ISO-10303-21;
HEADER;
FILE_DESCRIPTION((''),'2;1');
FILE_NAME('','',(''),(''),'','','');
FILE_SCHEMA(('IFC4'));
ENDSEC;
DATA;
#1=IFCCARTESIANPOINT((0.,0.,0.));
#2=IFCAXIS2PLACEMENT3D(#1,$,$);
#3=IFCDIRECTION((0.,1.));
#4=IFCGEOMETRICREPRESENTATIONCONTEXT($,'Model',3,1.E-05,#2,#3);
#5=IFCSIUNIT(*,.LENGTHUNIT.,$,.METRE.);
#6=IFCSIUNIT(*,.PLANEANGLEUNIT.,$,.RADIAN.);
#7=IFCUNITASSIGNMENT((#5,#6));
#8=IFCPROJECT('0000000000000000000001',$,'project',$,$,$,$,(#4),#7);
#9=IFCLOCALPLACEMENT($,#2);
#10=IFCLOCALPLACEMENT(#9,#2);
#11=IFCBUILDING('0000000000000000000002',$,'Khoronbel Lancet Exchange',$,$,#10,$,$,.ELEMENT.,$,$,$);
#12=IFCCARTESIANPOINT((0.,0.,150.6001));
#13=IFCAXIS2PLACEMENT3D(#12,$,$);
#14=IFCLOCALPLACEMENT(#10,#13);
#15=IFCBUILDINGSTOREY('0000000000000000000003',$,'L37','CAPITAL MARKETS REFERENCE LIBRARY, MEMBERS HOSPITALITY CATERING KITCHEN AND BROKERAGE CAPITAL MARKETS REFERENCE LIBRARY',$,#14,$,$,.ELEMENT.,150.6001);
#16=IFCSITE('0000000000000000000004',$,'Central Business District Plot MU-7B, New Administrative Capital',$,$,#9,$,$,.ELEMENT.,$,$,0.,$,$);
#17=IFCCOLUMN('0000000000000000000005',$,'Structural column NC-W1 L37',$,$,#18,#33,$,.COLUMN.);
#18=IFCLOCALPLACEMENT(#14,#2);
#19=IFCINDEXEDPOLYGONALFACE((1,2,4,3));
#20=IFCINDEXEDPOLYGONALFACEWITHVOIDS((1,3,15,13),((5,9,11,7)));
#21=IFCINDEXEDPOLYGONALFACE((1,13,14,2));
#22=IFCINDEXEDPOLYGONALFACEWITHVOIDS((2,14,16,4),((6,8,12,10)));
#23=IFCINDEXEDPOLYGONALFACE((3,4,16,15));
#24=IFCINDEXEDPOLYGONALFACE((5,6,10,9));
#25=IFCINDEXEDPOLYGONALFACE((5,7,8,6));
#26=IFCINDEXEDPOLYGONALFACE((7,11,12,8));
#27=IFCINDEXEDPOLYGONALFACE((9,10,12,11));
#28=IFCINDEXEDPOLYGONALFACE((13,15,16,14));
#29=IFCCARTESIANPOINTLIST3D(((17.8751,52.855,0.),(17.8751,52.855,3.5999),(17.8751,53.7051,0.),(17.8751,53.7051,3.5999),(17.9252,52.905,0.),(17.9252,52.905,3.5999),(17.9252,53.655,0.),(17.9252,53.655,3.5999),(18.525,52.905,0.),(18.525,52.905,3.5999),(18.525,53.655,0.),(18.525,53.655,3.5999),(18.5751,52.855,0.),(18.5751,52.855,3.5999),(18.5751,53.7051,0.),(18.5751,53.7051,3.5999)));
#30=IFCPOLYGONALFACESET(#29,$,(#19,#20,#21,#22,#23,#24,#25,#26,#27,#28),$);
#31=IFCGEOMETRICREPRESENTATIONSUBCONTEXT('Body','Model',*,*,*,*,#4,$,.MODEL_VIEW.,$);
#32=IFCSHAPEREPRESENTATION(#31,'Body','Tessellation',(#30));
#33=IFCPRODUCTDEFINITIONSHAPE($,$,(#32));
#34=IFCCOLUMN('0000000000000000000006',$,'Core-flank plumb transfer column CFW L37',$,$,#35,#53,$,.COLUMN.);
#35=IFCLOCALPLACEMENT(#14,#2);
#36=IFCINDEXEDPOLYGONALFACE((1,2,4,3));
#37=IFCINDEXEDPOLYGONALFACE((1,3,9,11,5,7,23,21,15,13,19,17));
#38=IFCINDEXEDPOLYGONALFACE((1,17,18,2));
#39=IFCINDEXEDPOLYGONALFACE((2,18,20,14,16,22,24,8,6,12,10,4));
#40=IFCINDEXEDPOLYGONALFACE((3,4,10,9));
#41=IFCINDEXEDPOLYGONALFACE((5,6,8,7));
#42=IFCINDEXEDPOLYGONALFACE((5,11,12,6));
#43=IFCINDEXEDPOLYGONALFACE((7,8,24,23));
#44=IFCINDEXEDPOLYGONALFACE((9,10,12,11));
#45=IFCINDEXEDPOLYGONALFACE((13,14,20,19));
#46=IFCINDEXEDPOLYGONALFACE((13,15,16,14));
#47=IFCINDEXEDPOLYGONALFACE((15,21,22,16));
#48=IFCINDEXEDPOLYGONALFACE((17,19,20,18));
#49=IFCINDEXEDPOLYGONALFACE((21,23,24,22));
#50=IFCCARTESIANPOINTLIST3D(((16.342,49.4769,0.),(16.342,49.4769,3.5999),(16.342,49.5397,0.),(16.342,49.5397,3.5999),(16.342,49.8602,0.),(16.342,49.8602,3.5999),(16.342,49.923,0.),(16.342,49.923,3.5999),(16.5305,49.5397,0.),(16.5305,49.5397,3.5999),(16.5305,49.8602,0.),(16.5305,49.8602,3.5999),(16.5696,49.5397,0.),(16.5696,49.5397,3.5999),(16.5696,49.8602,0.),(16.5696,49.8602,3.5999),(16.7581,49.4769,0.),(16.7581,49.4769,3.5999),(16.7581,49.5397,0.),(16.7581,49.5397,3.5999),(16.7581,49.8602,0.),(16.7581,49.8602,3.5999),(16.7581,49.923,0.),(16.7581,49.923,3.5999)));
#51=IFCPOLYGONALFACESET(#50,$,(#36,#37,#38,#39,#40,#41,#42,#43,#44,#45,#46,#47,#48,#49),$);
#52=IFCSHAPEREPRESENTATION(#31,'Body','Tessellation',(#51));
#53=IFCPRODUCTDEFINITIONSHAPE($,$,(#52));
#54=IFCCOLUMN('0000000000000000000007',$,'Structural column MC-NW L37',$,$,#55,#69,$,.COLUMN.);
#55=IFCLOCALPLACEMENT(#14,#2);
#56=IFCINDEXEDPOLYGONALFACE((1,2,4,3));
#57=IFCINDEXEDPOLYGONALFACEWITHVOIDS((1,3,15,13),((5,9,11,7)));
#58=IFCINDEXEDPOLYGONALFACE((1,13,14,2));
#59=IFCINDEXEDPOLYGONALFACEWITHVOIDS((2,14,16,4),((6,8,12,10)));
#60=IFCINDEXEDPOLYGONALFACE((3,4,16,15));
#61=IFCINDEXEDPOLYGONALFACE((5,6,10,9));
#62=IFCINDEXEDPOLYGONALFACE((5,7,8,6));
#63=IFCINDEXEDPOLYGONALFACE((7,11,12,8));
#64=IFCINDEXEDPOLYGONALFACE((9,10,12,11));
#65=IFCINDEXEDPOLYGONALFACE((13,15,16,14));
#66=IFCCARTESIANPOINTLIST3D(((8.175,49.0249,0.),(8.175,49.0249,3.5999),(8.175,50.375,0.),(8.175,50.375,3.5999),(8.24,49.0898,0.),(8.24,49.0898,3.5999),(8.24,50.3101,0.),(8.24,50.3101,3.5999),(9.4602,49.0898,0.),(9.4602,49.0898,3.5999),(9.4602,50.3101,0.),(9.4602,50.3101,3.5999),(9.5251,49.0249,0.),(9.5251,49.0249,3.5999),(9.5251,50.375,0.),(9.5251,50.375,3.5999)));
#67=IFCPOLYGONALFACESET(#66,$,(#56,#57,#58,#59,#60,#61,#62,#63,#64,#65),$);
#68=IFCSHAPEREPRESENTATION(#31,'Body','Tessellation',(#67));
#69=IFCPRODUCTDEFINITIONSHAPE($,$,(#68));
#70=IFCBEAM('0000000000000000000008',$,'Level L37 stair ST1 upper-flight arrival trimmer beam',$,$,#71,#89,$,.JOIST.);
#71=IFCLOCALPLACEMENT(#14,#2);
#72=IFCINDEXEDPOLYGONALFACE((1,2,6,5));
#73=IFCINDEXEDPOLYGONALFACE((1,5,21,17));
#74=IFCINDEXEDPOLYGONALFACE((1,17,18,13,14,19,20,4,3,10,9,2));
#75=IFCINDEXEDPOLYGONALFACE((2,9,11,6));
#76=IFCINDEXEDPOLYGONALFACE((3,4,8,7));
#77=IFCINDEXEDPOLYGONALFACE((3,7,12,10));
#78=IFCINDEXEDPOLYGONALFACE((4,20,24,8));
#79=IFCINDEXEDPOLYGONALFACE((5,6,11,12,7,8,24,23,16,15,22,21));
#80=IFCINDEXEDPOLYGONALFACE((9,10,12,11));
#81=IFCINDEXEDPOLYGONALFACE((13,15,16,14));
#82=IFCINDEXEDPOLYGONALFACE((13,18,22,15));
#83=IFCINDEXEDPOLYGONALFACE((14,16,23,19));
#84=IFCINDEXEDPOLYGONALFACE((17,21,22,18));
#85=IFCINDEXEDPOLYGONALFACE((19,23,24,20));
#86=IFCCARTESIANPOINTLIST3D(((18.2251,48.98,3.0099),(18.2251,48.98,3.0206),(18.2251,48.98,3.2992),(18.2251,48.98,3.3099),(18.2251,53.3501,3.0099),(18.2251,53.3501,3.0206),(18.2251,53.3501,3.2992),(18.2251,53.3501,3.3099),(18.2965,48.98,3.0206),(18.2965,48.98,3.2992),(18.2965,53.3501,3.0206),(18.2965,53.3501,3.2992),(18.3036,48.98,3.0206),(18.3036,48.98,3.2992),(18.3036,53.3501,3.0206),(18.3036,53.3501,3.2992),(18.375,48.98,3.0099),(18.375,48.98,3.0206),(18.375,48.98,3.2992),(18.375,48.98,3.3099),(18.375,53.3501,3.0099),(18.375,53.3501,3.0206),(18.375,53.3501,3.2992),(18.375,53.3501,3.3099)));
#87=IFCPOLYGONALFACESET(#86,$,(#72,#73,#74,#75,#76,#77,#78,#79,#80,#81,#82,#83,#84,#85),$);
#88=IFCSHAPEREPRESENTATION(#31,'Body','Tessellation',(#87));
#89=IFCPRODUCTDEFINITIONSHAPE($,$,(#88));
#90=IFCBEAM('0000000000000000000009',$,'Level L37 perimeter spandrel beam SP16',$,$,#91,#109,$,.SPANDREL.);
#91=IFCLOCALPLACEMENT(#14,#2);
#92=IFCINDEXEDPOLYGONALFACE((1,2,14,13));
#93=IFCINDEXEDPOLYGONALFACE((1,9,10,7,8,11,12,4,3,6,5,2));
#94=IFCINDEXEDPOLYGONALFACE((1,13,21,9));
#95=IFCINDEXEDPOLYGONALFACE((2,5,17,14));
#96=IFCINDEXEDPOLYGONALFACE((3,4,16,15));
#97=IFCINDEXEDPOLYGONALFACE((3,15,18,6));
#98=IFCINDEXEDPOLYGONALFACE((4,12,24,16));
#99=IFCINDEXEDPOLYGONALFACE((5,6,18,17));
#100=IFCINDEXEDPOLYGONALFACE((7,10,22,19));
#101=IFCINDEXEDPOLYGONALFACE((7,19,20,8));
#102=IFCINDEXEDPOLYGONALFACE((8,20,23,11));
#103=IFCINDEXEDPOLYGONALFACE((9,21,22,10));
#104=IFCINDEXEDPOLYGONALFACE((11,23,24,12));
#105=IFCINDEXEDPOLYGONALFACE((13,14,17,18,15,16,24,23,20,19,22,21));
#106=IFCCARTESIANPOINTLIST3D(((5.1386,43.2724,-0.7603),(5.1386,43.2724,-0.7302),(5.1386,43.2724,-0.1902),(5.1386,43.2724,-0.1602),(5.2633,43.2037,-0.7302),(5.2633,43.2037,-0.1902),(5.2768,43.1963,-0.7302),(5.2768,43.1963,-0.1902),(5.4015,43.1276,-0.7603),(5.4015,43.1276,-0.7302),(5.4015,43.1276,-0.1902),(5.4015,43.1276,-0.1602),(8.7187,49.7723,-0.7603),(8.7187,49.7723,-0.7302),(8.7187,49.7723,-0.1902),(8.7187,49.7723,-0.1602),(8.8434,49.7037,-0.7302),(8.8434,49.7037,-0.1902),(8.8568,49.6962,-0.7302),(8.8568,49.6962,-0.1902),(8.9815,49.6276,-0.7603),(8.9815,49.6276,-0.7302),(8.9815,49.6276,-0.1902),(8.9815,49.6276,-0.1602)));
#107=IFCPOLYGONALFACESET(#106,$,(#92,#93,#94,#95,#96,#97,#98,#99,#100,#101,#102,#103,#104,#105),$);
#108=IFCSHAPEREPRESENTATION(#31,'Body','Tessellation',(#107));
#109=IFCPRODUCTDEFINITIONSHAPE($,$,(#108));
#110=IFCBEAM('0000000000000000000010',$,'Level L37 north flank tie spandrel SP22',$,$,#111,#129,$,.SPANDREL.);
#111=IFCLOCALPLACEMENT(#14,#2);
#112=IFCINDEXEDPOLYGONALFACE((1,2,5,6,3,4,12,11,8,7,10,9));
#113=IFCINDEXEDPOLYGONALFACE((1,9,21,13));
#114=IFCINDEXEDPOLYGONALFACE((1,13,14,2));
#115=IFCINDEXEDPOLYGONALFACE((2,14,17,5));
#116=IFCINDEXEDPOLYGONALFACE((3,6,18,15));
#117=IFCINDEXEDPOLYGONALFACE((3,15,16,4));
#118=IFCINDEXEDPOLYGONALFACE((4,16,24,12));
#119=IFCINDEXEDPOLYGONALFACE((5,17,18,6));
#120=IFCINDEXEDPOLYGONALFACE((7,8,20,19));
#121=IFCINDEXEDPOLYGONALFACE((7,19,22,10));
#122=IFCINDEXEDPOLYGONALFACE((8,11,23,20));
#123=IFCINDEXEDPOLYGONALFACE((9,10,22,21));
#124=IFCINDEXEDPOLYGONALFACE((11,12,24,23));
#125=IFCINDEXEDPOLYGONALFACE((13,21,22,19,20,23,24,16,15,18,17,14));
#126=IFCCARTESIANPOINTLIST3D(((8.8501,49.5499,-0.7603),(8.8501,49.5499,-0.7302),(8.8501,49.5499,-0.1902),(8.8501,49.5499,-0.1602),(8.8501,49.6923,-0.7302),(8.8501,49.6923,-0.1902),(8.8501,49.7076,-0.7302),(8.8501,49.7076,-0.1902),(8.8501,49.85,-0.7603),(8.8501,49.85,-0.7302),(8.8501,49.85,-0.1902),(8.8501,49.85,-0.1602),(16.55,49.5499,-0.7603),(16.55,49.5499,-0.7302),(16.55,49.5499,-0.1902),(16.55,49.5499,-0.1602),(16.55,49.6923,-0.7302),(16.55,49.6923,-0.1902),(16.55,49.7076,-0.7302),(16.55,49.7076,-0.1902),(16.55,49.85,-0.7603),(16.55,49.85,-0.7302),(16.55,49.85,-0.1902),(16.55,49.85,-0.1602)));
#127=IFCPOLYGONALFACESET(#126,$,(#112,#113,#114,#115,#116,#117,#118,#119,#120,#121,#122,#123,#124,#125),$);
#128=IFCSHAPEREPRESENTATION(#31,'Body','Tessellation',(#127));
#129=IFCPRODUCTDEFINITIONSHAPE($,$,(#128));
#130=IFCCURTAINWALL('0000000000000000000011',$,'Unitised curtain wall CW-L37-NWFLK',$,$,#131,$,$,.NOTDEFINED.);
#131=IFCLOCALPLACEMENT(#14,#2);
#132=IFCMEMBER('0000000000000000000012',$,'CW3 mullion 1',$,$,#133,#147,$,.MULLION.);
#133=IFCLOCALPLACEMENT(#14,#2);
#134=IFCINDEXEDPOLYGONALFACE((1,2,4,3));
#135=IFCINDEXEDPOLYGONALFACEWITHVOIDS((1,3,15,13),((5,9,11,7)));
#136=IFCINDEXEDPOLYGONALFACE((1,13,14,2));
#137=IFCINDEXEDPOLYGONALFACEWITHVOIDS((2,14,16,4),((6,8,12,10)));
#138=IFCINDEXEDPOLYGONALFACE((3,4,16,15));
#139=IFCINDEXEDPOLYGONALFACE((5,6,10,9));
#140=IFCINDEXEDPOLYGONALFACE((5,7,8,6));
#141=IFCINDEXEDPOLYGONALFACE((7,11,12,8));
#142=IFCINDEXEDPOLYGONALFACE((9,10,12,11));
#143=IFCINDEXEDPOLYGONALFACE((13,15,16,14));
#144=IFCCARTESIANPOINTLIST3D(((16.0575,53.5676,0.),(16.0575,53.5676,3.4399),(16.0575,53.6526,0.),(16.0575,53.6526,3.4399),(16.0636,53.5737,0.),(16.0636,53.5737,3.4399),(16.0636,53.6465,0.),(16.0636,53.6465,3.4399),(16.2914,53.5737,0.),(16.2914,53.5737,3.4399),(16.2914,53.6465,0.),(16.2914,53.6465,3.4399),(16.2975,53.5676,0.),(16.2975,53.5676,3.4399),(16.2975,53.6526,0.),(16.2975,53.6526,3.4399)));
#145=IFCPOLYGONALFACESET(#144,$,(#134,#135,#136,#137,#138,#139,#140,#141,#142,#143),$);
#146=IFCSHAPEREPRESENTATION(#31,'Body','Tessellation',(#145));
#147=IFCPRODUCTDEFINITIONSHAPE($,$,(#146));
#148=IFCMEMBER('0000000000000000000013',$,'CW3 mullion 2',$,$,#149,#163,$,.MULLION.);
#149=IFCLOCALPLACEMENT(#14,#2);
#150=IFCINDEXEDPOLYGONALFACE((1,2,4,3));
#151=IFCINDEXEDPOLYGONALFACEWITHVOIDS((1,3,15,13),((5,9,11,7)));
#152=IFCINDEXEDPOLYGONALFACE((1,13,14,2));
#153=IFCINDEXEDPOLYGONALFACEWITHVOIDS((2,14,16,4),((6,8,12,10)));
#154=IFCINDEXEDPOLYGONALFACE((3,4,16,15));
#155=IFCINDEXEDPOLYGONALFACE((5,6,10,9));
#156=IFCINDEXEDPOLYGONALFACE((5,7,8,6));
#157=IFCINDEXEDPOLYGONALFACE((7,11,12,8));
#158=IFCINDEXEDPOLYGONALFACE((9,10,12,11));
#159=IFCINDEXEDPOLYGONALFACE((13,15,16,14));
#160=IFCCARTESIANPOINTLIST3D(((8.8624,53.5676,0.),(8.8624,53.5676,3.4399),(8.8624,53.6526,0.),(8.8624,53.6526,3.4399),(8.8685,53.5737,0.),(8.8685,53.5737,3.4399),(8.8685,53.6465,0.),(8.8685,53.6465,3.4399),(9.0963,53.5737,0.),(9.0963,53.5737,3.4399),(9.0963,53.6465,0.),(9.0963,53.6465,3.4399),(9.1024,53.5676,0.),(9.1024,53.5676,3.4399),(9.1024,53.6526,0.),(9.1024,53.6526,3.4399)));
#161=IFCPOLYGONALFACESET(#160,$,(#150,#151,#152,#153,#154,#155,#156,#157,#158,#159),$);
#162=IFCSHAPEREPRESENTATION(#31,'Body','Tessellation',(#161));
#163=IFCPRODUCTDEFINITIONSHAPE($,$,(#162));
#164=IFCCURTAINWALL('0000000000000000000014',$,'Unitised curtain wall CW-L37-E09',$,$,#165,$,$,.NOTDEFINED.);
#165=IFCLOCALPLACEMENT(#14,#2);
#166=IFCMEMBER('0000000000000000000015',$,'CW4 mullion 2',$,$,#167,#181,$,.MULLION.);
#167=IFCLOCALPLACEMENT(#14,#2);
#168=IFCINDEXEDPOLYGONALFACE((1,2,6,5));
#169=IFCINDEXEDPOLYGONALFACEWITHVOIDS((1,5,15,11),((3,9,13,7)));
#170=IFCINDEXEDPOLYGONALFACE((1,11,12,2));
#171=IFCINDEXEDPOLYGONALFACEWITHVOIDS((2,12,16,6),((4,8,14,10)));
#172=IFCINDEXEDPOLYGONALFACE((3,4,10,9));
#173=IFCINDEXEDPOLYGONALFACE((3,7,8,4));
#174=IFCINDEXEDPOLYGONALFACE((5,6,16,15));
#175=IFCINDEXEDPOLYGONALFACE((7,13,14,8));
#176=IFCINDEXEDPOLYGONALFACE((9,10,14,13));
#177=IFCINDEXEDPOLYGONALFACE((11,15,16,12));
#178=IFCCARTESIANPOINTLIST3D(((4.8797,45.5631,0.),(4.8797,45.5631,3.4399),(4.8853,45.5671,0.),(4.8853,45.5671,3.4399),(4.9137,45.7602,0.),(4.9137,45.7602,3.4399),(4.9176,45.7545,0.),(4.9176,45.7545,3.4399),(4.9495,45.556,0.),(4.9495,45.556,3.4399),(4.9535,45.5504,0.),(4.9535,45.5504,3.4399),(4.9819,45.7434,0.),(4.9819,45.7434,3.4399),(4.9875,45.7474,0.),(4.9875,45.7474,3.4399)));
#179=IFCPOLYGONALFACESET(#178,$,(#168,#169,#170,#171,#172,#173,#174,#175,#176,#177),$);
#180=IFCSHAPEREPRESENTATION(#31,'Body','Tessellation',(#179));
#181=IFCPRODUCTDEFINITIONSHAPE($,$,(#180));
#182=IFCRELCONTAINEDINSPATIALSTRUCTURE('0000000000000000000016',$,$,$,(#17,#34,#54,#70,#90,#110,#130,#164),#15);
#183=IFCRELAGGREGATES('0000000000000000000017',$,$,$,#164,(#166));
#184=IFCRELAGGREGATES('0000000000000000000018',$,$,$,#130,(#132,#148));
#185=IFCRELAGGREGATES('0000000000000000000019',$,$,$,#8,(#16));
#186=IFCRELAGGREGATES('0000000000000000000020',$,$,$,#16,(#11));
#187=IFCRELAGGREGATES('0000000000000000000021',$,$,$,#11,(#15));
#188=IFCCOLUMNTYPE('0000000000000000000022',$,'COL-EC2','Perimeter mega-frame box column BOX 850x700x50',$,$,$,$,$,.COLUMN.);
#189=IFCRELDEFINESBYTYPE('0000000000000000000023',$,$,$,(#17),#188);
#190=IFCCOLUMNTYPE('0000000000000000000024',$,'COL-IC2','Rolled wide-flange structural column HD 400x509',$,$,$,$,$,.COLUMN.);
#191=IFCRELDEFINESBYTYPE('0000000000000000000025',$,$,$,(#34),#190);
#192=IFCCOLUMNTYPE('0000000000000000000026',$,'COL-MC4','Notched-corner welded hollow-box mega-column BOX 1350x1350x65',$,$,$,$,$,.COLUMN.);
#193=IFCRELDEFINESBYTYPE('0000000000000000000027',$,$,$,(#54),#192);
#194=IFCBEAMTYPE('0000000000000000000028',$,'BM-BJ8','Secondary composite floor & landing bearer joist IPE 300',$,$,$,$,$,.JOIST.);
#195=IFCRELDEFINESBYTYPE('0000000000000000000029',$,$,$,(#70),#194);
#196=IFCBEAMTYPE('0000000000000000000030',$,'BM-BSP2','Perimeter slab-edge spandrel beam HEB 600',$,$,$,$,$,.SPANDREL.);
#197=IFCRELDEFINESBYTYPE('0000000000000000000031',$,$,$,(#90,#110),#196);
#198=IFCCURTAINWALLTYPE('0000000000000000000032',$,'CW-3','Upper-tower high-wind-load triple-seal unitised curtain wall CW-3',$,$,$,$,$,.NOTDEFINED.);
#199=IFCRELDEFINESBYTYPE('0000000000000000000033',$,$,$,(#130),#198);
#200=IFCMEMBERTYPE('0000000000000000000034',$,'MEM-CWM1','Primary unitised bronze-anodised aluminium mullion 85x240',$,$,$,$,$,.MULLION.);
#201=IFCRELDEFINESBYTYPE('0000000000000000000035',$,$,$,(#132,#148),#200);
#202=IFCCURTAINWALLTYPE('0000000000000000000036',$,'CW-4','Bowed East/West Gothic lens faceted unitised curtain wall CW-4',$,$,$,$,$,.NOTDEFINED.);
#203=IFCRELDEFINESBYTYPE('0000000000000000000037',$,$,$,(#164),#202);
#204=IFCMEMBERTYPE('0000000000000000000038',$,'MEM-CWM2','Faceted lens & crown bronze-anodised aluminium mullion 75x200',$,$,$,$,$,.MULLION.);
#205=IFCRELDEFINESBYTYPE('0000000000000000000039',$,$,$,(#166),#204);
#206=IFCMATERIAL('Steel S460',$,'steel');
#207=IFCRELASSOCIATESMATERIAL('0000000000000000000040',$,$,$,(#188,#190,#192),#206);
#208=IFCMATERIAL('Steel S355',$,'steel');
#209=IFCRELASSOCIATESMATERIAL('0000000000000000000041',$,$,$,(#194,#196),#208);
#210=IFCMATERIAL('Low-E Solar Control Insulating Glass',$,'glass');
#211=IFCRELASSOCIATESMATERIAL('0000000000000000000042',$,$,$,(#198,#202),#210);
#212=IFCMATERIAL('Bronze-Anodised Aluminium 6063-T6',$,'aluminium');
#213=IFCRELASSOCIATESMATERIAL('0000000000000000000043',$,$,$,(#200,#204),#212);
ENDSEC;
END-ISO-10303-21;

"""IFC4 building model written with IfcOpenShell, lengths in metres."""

from ifc_helpers import new_model, si_unit, direction, frame, origin, origin_2d, place, context, subcontext, project, spatial, hollow_rectangle, i_section, extrude, material, material_profile, profile_set, type_object, element, aggregate, save


model = new_model("IFC4")

# Units and contexts
model_context = context("Model", 3, precision=1e-05, world=origin(), true_north=direction((0.0, 1.0)))
body_context = subcontext(model_context, "Body", "Model", "MODEL_VIEW")
ifc_project = project(units=[si_unit("LENGTHUNIT", "METRE"), si_unit("PLANEANGLEUNIT", "RADIAN")], contexts=[model_context])

# Site, building, storey
site_placement = place(None, origin())
site = spatial("IfcSite", under=ifc_project, at=site_placement, Name="Central Business District Plot MU-7B, New Administrative Capital", CompositionType="ELEMENT", RefElevation=0.0)
building_placement = place(site_placement, origin())
building = spatial("IfcBuilding", under=site, at=building_placement, Name="Khoronbel Lancet Exchange", CompositionType="ELEMENT")
storey_placement = place(building_placement, frame((0.0, 0.0, 150.6001)))
storey = spatial("IfcBuildingStorey", under=building, at=storey_placement, Name="L37", Description="CAPITAL MARKETS REFERENCE LIBRARY, MEMBERS HOSPITALITY CATERING KITCHEN AND BROKERAGE CAPITAL MARKETS REFERENCE LIBRARY", CompositionType="ELEMENT", Elevation=150.6001)

# Columns
ifc_material_1 = material(Name="Steel S460", Category="steel")
ifc_material_profile_1 = material_profile(ifc_material_1, hollow_rectangle(XDim=0.7, YDim=0.8501, WallThickness=0.05, at=origin_2d()), Name="BOX 850x700x50")
ifc_profile_set_1 = profile_set([ifc_material_profile_1], Name="Steel S460")
column_type_1 = type_object("IfcColumnType", Name="COL-EC2", Description="Perimeter mega-frame box column BOX 850x700x50", PredefinedType="COLUMN", material=ifc_profile_set_1)
column_1_placement = place(storey_placement, frame((18.2251, 53.28, 0.0), z_axis=(0.0, 0.0, 1.0), x_axis=(1.0, 0.0, 0.0)))
element("IfcColumn", 1, at=column_1_placement, inside=storey, type_object=column_type_1, Name="Structural column NC-W1 L37", PredefinedType="COLUMN", context=body_context, shape_type="SweptSolid", body=[
    extrude(hollow_rectangle(XDim=0.7, YDim=0.8501, WallThickness=0.05, at=origin_2d()), origin(), (0.0, 0.0, 1.0), 3.5999),
])
ifc_material_profile_2 = material_profile(ifc_material_1, i_section(OverallWidth=0.416, OverallDepth=0.446, WebThickness=0.0391, FlangeThickness=0.0627, at=origin_2d()), Name="HD 400x509")
ifc_profile_set_2 = profile_set([ifc_material_profile_2], Name="Steel S460")
column_type_2 = type_object("IfcColumnType", Name="COL-IC2", Description="Rolled wide-flange structural column HD 400x509", PredefinedType="COLUMN", material=ifc_profile_set_2)
column_2_placement = place(storey_placement, frame((16.55, 49.7, 0.0), z_axis=(0.0, 0.0, 1.0), x_axis=(1.0, 0.0, 0.0)))
element("IfcColumn", 2, at=column_2_placement, inside=storey, type_object=column_type_2, Name="Core-flank plumb transfer column CFW L37", PredefinedType="COLUMN", context=body_context, shape_type="SweptSolid", body=[
    extrude(i_section(OverallWidth=0.416, OverallDepth=0.446, WebThickness=0.0391, FlangeThickness=0.0627, at=origin_2d()), origin(), (0.0, 0.0, 1.0), 3.5999),
])
ifc_material_profile_3 = material_profile(ifc_material_1, hollow_rectangle(XDim=1.3501, YDim=1.3501, WallThickness=0.0649, at=origin_2d()), Name="BOX 1350x1350x65")
ifc_profile_set_3 = profile_set([ifc_material_profile_3], Name="Steel S460")
column_type_3 = type_object("IfcColumnType", Name="COL-MC4", Description="Notched-corner welded hollow-box mega-column BOX 1350x1350x65", PredefinedType="COLUMN", material=ifc_profile_set_3)
column_3_placement = place(storey_placement, frame((8.8501, 49.7, 0.0), z_axis=(0.0, 0.0, 1.0), x_axis=(1.0, 0.0, 0.0)))
element("IfcColumn", 3, at=column_3_placement, inside=storey, type_object=column_type_3, Name="Structural column MC-NW L37", PredefinedType="COLUMN", context=body_context, shape_type="SweptSolid", body=[
    extrude(hollow_rectangle(XDim=1.3501, YDim=1.3501, WallThickness=0.0649, at=origin_2d()), origin(), (0.0, 0.0, 1.0), 3.5999),
])

# Beams
ifc_material_2 = material(Name="Steel S355", Category="steel")
ifc_material_profile_4 = material_profile(ifc_material_2, i_section(OverallWidth=0.1499, OverallDepth=0.3, WebThickness=0.0071, FlangeThickness=0.0107, at=origin_2d()), Name="IPE 300")
ifc_profile_set_4 = profile_set([ifc_material_profile_4], Name="Steel S355")
beam_type_1 = type_object("IfcBeamType", Name="BM-BJ8", Description="Secondary composite floor & landing bearer joist IPE 300", PredefinedType="JOIST", material=ifc_profile_set_4)
beam_1_placement = place(storey_placement, frame((18.3, 48.98, 3.1599), z_axis=(0.0, 1.0, 0.0), x_axis=(-1.0, 0.0, 0.0)))
element("IfcBeam", 4, at=beam_1_placement, inside=storey, type_object=beam_type_1, Name="Level L37 stair ST1 upper-flight arrival trimmer beam", PredefinedType="JOIST", context=body_context, shape_type="SweptSolid", body=[
    extrude(i_section(OverallWidth=0.1499, OverallDepth=0.3, WebThickness=0.0071, FlangeThickness=0.0107, at=origin_2d()), origin(), (0.0, 0.0, 1.0), 4.3701),
])
ifc_material_profile_5 = material_profile(ifc_material_2, i_section(OverallWidth=0.3, OverallDepth=0.6001, WebThickness=0.0154, FlangeThickness=0.03, at=origin_2d()), Name="HEB 600")
ifc_profile_set_5 = profile_set([ifc_material_profile_5], Name="Steel S355")
beam_type_2 = type_object("IfcBeamType", Name="BM-BSP2", Description="Perimeter slab-edge spandrel beam HEB 600", PredefinedType="SPANDREL", material=ifc_profile_set_5)
beam_2_placement = place(storey_placement, frame((8.8501, 49.7, -0.4602), z_axis=(-0.482444, -0.875927, 0.0), x_axis=(0.875927, -0.482444, 0.0)))
element("IfcBeam", 5, at=beam_2_placement, inside=storey, type_object=beam_type_2, Name="Level L37 perimeter spandrel beam SP16", PredefinedType="SPANDREL", context=body_context, shape_type="SweptSolid", body=[
    extrude(i_section(OverallWidth=0.3, OverallDepth=0.6001, WebThickness=0.0154, FlangeThickness=0.03, at=origin_2d()), origin(), (0.0, 0.0, 1.0), 7.4207),
])
beam_3_placement = place(storey_placement, frame((8.8501, 49.7, -0.4602), z_axis=(1.0, 0.0, 0.0), x_axis=(0.0, 1.0, 0.0)))
element("IfcBeam", 6, at=beam_3_placement, inside=storey, type_object=beam_type_2, Name="Level L37 north flank tie spandrel SP22", PredefinedType="SPANDREL", context=body_context, shape_type="SweptSolid", body=[
    extrude(i_section(OverallWidth=0.3, OverallDepth=0.6001, WebThickness=0.0154, FlangeThickness=0.03, at=origin_2d()), origin(), (0.0, 0.0, 1.0), 7.7),
])

# Curtain wall, members
ifc_material_3 = material(Name="Low-E Solar Control Insulating Glass", Category="glass")
curtain_wall_type_1 = type_object("IfcCurtainWallType", Name="CW-3", Description="Upper-tower high-wind-load triple-seal unitised curtain wall CW-3", PredefinedType="NOTDEFINED", material=ifc_material_3)
curtain_wall_1_placement = place(storey_placement, origin())
curtain_wall_1 = element("IfcCurtainWall", 7, at=curtain_wall_1_placement, inside=storey, type_object=curtain_wall_type_1, Name="Unitised curtain wall CW-L37-NWFLK", PredefinedType="NOTDEFINED")
ifc_material_4 = material(Name="Bronze-Anodised Aluminium 6063-T6", Category="aluminium")
ifc_material_profile_6 = material_profile(ifc_material_4, hollow_rectangle(XDim=0.085, YDim=0.24, WallThickness=0.0061, at=origin_2d()), Name="ALU MULLION 85x240")
ifc_profile_set_6 = profile_set([ifc_material_profile_6], Name="Bronze-Anodised Aluminium 6063-T6")
member_type_1 = type_object("IfcMemberType", Name="MEM-CWM1", Description="Primary unitised bronze-anodised aluminium mullion 85x240", PredefinedType="MULLION", material=ifc_profile_set_6)
member_1_placement = place(storey_placement, frame((16.1775, 53.6101, 0.0), z_axis=(0.0, 0.0, 1.0), x_axis=(0.0, -1.0, 0.0)))
member_1 = element("IfcMember", 8, at=member_1_placement, type_object=member_type_1, Name="CW3 mullion 1", PredefinedType="MULLION", context=body_context, shape_type="SweptSolid", body=[
    extrude(hollow_rectangle(XDim=0.085, YDim=0.24, WallThickness=0.0061, at=origin_2d()), origin(), (0.0, 0.0, 1.0), 3.4399),
])
member_2_placement = place(storey_placement, frame((8.9824, 53.6101, 0.0), z_axis=(0.0, 0.0, 1.0), x_axis=(0.0, -1.0, 0.0)))
member_2 = element("IfcMember", 9, at=member_2_placement, type_object=member_type_1, Name="CW3 mullion 2", PredefinedType="MULLION", context=body_context, shape_type="SweptSolid", body=[
    extrude(hollow_rectangle(XDim=0.085, YDim=0.24, WallThickness=0.0061, at=origin_2d()), origin(), (0.0, 0.0, 1.0), 3.4399),
])

# Curtain wall, member
curtain_wall_type_2 = type_object("IfcCurtainWallType", Name="CW-4", Description="Bowed East/West Gothic lens faceted unitised curtain wall CW-4", PredefinedType="NOTDEFINED", material=ifc_material_3)
curtain_wall_2_placement = place(storey_placement, origin())
curtain_wall_2 = element("IfcCurtainWall", 10, at=curtain_wall_2_placement, inside=storey, type_object=curtain_wall_type_2, Name="Unitised curtain wall CW-L37-E09", PredefinedType="NOTDEFINED")
ifc_material_profile_7 = material_profile(ifc_material_4, hollow_rectangle(XDim=0.075, YDim=0.2, WallThickness=0.0049, at=origin_2d()), Name="ALU MULLION 75x200")
ifc_profile_set_7 = profile_set([ifc_material_profile_7], Name="Bronze-Anodised Aluminium 6063-T6")
member_type_2 = type_object("IfcMemberType", Name="MEM-CWM2", Description="Faceted lens & crown bronze-anodised aluminium mullion 75x200", PredefinedType="MULLION", material=ifc_profile_set_7)
member_3_placement = place(storey_placement, frame((4.9336, 45.6553, 0.0), z_axis=(0.0, 0.0, 1.0), x_axis=(-0.985439, 0.170029, 0.0)))
member_3 = element("IfcMember", 11, at=member_3_placement, type_object=member_type_2, Name="CW4 mullion 2", PredefinedType="MULLION", context=body_context, shape_type="SweptSolid", body=[
    extrude(hollow_rectangle(XDim=0.075, YDim=0.2, WallThickness=0.0049, at=origin_2d()), origin(), (0.0, 0.0, 1.0), 3.4399),
])
aggregate(curtain_wall_2, [member_3])

aggregate(curtain_wall_1, [member_1, member_2])

save(model, "model.ifc")
